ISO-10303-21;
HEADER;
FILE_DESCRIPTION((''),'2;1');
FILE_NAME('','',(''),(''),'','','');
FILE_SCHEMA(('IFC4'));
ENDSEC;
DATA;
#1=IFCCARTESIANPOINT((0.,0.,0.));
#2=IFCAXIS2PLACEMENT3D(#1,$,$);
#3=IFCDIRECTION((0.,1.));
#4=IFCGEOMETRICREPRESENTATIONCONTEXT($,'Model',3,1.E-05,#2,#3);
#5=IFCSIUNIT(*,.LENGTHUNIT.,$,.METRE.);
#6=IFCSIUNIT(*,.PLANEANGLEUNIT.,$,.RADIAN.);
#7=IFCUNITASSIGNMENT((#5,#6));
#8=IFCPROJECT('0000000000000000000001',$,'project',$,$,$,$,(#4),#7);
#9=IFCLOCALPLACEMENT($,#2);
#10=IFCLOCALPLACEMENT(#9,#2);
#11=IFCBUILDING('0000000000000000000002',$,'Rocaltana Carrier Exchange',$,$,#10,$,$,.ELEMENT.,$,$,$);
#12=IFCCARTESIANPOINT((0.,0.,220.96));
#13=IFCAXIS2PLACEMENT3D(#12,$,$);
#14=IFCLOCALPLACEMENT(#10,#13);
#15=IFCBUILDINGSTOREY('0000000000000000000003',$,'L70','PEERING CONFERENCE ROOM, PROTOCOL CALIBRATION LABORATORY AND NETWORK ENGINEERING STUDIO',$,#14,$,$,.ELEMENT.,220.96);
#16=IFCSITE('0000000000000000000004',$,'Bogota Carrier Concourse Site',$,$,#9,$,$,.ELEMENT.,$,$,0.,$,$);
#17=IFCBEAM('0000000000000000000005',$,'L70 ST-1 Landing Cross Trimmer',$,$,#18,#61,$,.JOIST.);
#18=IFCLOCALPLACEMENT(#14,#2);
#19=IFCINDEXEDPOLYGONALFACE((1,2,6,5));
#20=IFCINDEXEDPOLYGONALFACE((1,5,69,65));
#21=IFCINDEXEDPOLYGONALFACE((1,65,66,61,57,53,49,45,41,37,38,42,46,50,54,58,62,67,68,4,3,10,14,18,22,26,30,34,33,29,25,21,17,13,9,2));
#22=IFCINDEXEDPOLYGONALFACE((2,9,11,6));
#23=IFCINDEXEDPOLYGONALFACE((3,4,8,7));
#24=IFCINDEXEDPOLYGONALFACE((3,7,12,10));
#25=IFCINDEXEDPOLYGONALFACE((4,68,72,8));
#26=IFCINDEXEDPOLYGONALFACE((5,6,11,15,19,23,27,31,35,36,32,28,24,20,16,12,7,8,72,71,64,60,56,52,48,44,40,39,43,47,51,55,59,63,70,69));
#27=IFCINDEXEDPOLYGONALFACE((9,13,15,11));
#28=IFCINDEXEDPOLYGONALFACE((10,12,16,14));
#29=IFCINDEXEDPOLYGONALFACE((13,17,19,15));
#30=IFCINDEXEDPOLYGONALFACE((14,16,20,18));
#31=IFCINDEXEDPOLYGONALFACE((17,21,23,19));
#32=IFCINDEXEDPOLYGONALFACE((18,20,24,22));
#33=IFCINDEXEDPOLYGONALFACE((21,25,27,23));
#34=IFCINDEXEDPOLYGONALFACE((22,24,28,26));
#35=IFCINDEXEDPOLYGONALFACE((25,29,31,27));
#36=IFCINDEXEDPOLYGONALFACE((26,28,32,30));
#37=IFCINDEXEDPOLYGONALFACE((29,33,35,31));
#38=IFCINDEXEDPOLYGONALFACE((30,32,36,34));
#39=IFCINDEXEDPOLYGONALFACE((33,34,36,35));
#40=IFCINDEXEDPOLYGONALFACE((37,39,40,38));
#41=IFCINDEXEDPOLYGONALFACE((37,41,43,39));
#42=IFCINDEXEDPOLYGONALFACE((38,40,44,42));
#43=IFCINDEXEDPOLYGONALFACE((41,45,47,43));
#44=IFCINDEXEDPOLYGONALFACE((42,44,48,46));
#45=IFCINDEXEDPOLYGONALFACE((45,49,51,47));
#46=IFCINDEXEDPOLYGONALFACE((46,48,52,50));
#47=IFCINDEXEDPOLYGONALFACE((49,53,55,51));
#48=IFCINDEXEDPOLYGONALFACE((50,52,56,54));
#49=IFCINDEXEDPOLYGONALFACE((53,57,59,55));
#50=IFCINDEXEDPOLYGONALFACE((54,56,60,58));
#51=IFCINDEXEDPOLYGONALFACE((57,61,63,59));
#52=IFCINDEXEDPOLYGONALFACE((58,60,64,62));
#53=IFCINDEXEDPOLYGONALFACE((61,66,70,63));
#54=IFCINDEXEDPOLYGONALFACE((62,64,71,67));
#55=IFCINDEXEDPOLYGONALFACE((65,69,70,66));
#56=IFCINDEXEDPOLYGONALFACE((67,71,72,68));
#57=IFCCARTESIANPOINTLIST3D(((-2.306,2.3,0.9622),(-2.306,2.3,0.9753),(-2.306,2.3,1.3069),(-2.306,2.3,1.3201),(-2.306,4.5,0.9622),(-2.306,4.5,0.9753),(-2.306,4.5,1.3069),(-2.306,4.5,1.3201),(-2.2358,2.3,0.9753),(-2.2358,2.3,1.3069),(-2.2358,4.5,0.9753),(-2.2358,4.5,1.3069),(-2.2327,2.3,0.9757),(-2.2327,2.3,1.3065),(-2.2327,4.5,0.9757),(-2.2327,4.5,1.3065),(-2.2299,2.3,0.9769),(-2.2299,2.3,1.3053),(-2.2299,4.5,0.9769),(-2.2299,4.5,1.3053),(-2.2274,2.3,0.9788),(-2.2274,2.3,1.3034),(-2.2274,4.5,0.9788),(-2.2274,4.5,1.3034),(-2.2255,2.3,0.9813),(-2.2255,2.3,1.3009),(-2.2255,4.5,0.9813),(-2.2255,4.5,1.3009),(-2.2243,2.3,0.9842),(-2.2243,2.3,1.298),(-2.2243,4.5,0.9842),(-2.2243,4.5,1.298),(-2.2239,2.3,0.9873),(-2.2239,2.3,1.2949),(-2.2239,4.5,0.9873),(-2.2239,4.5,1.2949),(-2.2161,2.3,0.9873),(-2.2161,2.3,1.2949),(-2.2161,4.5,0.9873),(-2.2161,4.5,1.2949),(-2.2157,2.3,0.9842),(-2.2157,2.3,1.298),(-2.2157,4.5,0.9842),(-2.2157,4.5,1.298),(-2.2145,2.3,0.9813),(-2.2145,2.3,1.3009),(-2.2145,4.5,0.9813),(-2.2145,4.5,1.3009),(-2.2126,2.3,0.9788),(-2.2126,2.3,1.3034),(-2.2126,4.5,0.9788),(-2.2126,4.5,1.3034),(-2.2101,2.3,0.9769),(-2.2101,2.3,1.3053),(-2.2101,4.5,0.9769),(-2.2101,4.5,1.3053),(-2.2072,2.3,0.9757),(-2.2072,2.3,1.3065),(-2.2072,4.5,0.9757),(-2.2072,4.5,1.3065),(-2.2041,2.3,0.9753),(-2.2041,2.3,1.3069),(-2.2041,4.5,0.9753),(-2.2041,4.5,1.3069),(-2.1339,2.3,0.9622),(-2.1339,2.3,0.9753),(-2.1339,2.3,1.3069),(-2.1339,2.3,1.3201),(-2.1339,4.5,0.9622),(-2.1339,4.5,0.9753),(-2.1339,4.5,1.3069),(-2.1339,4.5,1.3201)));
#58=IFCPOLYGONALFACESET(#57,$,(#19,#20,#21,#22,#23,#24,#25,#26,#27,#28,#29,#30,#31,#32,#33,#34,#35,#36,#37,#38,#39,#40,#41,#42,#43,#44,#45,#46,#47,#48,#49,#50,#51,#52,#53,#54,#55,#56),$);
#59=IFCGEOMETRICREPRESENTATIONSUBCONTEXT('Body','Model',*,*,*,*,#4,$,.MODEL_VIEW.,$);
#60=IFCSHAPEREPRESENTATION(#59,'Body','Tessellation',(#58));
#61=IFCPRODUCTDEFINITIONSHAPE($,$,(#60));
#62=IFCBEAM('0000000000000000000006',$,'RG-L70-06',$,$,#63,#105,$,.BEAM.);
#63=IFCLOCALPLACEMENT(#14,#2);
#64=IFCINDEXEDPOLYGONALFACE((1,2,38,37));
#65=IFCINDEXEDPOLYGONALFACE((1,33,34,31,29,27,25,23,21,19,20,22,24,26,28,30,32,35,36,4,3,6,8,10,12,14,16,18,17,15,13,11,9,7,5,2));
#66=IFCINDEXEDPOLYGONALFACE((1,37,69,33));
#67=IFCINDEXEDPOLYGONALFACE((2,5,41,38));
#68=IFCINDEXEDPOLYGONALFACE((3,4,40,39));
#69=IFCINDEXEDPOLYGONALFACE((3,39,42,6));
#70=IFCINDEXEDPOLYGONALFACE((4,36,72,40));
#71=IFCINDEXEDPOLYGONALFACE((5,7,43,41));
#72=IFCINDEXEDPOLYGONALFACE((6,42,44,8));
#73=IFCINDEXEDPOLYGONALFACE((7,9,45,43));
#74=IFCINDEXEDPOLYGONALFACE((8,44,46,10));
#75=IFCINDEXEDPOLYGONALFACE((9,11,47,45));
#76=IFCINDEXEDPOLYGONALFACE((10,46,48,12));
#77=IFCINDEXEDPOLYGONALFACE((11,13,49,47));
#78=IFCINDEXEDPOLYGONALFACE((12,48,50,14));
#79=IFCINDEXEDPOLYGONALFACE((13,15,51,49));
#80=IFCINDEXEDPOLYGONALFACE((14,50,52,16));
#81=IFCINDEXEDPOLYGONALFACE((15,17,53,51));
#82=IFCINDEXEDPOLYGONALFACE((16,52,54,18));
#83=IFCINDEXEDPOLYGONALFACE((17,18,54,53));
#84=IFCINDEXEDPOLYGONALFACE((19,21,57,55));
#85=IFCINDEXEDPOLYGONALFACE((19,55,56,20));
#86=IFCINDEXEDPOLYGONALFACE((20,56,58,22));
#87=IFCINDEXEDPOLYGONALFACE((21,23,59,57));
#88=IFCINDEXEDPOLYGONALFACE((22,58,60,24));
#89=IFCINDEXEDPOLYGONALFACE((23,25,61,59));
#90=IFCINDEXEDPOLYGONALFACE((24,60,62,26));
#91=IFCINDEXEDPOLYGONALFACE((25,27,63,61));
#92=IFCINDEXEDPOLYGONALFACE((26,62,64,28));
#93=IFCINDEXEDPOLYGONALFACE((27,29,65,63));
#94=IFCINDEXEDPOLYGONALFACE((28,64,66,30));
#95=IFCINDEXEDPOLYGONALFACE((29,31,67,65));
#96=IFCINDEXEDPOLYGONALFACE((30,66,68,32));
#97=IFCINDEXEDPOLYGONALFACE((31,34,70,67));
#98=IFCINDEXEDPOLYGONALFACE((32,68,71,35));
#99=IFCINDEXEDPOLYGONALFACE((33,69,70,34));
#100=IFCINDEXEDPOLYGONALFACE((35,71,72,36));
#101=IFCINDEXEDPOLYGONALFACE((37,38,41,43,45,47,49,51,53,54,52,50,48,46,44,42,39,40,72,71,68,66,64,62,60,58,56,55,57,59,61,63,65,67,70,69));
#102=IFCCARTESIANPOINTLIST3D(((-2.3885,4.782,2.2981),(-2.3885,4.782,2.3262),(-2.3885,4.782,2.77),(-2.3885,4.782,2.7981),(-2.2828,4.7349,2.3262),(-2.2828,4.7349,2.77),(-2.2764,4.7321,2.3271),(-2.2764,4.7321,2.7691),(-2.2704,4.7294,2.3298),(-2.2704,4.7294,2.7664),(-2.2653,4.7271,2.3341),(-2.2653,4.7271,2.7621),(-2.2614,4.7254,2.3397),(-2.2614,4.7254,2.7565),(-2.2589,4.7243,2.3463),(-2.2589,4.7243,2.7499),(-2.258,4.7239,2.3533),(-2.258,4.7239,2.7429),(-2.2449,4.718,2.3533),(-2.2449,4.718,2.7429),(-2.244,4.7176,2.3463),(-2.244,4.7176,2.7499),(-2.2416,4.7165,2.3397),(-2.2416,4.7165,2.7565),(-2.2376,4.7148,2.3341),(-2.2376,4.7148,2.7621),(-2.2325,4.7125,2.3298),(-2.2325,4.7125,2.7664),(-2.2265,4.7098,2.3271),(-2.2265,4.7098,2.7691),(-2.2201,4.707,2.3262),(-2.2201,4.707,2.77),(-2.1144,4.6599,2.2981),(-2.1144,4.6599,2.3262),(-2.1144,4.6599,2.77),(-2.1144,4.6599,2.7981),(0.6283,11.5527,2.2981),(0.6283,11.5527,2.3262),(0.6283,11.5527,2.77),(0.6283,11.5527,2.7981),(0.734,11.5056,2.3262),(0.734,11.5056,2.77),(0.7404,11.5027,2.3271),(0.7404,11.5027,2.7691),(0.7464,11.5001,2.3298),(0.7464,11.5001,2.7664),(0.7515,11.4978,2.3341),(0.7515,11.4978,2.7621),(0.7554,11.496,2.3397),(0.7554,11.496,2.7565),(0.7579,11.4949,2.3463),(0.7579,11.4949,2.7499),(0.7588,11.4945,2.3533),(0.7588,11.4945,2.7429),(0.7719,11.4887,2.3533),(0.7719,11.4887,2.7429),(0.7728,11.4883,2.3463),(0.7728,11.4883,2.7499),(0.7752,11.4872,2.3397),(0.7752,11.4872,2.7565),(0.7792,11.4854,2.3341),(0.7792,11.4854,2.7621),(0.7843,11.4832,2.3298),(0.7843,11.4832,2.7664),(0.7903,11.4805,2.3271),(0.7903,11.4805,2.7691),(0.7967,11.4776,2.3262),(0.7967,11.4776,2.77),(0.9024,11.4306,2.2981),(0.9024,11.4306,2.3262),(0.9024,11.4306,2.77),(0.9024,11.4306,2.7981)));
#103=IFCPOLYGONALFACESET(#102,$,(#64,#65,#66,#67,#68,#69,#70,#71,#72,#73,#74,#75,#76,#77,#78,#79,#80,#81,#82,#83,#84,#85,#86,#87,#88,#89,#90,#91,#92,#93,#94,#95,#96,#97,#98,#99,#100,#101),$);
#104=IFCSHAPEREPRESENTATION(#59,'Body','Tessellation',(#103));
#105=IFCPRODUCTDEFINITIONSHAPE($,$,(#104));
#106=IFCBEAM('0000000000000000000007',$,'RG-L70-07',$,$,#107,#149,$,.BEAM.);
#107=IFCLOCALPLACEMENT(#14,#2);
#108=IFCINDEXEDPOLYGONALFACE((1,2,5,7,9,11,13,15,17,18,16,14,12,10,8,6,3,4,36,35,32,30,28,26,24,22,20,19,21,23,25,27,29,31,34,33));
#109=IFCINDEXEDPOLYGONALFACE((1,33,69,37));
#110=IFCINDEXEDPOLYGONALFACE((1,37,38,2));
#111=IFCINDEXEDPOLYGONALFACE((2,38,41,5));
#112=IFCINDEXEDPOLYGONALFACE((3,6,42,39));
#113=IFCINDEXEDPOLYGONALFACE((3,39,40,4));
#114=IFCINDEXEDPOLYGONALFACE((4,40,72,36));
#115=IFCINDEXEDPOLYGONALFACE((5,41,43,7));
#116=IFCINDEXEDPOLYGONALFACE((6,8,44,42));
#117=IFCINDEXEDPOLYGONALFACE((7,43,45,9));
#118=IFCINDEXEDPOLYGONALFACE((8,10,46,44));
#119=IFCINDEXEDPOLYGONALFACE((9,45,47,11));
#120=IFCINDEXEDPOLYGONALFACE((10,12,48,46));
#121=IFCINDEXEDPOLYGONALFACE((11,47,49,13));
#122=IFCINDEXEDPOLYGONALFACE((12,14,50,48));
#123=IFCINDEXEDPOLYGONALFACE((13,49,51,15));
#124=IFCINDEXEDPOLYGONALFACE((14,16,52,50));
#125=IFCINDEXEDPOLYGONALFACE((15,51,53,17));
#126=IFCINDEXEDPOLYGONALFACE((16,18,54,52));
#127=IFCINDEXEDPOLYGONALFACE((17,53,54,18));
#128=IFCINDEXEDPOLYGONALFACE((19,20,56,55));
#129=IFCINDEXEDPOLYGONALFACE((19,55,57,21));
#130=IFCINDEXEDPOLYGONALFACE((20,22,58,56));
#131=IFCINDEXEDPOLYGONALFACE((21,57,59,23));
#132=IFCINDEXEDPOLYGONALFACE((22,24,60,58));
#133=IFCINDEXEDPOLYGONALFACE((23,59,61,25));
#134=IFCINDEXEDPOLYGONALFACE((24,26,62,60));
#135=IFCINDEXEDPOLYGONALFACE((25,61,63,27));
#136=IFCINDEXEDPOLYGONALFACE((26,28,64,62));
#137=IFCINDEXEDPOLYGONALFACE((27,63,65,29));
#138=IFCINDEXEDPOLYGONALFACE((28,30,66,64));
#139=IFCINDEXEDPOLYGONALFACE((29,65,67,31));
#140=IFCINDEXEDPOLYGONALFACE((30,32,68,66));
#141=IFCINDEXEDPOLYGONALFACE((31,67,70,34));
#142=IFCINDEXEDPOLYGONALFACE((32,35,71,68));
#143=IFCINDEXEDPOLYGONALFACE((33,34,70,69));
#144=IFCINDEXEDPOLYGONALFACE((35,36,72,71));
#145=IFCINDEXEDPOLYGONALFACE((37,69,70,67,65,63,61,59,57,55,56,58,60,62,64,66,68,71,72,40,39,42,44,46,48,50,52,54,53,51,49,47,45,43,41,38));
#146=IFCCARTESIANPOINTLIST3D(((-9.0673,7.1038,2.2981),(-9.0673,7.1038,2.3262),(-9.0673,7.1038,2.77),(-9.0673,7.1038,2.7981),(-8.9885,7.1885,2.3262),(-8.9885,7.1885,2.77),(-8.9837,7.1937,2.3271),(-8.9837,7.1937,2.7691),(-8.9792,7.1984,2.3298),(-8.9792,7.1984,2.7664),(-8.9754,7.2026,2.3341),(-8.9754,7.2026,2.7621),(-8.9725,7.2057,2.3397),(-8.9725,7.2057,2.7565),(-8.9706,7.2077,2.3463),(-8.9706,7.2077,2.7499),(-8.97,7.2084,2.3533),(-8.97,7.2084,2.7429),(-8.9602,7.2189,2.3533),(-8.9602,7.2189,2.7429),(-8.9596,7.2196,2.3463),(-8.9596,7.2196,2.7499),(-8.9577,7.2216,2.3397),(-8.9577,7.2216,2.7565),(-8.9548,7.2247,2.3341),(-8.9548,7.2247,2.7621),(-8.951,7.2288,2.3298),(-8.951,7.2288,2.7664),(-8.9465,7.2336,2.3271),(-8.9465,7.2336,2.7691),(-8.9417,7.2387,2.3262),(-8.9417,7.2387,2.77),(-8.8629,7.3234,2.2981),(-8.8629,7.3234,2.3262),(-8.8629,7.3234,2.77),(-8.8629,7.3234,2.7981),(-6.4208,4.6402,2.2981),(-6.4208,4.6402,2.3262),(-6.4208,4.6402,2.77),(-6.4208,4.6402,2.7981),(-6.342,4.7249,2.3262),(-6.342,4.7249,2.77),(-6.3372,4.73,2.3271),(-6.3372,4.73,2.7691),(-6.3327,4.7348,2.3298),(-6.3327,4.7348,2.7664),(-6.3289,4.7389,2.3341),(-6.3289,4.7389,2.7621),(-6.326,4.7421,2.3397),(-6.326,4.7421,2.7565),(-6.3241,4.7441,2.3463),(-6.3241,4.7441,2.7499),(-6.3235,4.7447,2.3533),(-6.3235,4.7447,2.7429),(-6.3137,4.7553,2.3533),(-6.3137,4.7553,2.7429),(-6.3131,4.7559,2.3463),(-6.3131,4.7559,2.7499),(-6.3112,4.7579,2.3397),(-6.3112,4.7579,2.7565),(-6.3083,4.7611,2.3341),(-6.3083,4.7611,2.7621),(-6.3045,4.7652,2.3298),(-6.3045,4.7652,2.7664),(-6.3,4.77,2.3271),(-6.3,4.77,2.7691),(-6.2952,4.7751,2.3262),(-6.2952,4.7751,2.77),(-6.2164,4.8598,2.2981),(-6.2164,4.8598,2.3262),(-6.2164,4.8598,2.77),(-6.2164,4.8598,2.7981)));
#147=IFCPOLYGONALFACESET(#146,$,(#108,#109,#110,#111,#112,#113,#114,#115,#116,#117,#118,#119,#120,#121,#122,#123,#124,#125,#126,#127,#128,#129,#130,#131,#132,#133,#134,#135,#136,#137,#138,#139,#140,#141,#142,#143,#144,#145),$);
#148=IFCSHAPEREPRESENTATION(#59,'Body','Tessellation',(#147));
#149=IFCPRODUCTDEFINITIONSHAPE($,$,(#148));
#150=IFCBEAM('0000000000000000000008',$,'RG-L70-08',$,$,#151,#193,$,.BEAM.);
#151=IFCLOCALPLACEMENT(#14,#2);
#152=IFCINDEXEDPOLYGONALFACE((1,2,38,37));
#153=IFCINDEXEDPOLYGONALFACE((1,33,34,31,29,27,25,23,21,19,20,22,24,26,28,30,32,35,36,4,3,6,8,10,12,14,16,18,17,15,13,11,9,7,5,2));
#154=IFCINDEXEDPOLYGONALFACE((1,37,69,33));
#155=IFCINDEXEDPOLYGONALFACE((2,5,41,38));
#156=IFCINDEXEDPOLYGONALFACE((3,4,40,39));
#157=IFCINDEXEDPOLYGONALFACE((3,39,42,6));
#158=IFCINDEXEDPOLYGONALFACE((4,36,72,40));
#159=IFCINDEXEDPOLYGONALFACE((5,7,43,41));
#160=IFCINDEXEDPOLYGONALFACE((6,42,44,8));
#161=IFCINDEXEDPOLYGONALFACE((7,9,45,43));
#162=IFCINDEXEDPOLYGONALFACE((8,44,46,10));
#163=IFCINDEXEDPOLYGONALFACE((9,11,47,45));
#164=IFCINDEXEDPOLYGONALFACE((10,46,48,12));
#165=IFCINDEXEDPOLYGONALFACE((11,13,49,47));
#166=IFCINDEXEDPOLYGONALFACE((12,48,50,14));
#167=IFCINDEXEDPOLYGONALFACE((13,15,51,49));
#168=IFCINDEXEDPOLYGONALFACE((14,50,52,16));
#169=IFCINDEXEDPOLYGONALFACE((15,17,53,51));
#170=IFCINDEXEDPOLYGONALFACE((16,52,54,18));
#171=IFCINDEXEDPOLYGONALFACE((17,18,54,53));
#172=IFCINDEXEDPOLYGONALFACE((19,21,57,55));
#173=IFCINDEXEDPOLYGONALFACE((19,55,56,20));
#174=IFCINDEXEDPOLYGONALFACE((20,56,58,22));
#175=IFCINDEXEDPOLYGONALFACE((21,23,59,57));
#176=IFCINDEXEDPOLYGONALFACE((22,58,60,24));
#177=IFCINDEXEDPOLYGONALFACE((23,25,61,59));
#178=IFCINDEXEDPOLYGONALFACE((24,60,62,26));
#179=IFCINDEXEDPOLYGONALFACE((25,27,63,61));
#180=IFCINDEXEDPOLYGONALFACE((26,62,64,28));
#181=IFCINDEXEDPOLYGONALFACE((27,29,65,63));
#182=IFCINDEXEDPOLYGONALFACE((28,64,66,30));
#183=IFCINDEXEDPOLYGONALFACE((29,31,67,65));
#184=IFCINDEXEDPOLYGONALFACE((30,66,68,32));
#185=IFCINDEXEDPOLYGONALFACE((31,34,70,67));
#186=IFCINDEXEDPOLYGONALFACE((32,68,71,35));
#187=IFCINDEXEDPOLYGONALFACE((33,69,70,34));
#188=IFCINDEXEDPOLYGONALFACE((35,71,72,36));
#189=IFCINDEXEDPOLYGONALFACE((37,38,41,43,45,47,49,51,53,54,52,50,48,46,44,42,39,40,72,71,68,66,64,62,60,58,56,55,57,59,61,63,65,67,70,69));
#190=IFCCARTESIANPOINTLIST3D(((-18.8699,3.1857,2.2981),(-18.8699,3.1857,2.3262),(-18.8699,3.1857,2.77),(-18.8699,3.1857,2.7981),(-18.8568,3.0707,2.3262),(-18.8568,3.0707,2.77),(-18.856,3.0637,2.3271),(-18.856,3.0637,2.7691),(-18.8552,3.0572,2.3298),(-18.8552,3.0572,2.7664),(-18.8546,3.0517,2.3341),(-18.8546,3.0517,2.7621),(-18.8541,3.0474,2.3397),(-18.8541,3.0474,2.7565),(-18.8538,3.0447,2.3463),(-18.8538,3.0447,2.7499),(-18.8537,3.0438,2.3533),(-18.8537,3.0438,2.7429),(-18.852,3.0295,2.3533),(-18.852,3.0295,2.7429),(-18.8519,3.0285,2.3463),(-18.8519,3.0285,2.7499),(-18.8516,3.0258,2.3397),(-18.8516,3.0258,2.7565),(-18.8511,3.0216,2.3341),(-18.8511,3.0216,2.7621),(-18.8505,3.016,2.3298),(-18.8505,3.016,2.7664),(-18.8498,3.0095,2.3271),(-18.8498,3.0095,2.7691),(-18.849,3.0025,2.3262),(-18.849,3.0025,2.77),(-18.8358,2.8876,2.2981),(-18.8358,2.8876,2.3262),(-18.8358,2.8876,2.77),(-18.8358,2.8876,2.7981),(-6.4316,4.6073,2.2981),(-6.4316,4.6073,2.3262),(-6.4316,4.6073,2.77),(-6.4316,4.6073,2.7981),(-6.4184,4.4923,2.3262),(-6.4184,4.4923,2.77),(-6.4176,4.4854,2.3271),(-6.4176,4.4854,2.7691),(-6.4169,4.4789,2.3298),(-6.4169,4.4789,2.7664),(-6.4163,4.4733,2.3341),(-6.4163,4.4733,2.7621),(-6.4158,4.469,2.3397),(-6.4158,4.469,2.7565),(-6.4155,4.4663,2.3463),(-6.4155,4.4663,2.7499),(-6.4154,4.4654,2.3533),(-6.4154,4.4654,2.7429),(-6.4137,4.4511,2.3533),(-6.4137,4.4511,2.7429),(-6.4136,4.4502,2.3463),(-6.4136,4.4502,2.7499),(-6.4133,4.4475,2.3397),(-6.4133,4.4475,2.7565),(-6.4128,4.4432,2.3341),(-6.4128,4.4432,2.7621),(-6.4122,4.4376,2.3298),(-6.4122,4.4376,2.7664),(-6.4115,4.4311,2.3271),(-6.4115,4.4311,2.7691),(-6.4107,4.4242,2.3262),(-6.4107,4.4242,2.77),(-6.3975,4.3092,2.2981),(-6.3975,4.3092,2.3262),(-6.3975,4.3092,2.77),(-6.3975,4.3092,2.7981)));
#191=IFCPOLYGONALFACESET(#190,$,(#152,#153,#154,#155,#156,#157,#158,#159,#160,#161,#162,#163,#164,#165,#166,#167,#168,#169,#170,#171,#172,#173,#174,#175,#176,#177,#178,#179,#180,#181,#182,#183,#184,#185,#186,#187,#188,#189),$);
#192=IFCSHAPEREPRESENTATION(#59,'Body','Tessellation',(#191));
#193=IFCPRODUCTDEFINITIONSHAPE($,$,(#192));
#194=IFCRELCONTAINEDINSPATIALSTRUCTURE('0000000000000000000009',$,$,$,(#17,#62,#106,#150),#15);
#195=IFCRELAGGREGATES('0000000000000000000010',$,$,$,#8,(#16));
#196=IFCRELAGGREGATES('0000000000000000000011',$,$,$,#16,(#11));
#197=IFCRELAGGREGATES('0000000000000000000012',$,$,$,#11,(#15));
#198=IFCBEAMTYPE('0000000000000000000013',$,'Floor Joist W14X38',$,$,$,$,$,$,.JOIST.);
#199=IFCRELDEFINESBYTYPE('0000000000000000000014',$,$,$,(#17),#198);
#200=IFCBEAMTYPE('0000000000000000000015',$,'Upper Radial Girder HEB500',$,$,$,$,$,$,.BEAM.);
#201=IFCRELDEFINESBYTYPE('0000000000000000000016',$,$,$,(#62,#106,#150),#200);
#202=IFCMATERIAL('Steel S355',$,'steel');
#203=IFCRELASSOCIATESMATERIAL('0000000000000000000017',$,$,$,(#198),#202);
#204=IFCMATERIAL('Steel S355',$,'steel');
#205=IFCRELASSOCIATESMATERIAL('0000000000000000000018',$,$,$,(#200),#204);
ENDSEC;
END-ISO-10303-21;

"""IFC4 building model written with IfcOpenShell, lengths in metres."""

from ifc_helpers import new_model, si_unit, direction, frame, origin, origin_2d, place, context, subcontext, project, spatial, i_section, extrude, material, material_profile, profile_set, type_object, element, save


model = new_model("IFC4")

# Units and contexts
model_context = context("Model", 3, precision=1e-05, world=origin(), true_north=direction((0.0, 1.0)))
body_context = subcontext(model_context, "Body", "Model", "MODEL_VIEW")
ifc_project = project(units=[si_unit("LENGTHUNIT", "METRE"), si_unit("PLANEANGLEUNIT", "RADIAN")], contexts=[model_context])

# Site, building, storey
site_placement = place(None, origin())
site = spatial("IfcSite", under=ifc_project, at=site_placement, Name="Bogota Carrier Concourse Site", CompositionType="ELEMENT", RefElevation=0.0)
building_placement = place(site_placement, origin())
building = spatial("IfcBuilding", under=site, at=building_placement, Name="Rocaltana Carrier Exchange", CompositionType="ELEMENT")
storey_placement = place(building_placement, frame((0.0, 0.0, 220.96)))
storey = spatial("IfcBuildingStorey", under=building, at=storey_placement, Name="L70", Description="PEERING CONFERENCE ROOM, PROTOCOL CALIBRATION LABORATORY AND NETWORK ENGINEERING STUDIO", CompositionType="ELEMENT", Elevation=220.96)

# Beams
ifc_material_1 = material(Name="Steel S355", Category="steel")
ifc_material_profile_1 = material_profile(ifc_material_1, i_section(OverallWidth=0.1721, OverallDepth=0.3579, WebThickness=0.0078, FlangeThickness=0.0132, FilletRadius=0.012, at=origin_2d()), Name="W14X38")
ifc_profile_set_1 = profile_set([ifc_material_profile_1], Name="Steel S355")
beam_type_1 = type_object("IfcBeamType", Name="Floor Joist W14X38", PredefinedType="JOIST", material=ifc_profile_set_1)
beam_1_placement = place(storey_placement, frame((-2.22, 2.3, 1.1411), z_axis=(0.0, 1.0, 0.0), x_axis=(-1.0, 0.0, 0.0)))
element("IfcBeam", 1, at=beam_1_placement, inside=storey, type_object=beam_type_1, Name="L70 ST-1 Landing Cross Trimmer", PredefinedType="JOIST", context=body_context, shape_type="SweptSolid", body=[
    extrude(i_section(OverallWidth=0.1721, OverallDepth=0.3579, WebThickness=0.0078, FlangeThickness=0.0132, FilletRadius=0.012, at=origin_2d()), origin(), (0.0, 0.0, 1.0), 2.2),
])
ifc_material_2 = material(Name="Steel S355", Category="steel")
ifc_material_profile_2 = material_profile(ifc_material_2, i_section(OverallWidth=0.3, OverallDepth=0.5, WebThickness=0.0144, FlangeThickness=0.0281, FilletRadius=0.0271, at=origin_2d()), Name="HEB500")
ifc_profile_set_2 = profile_set([ifc_material_profile_2], Name="Steel S355")
beam_type_2 = type_object("IfcBeamType", Name="Upper Radial Girder HEB500", PredefinedType="BEAM", material=ifc_profile_set_2)
beam_2_placement = place(storey_placement, frame((-2.2515, 4.7209, 2.5481), z_axis=(0.406997, 0.913429, 0.0), x_axis=(-0.913429, 0.406997, 0.0)))
element("IfcBeam", 2, at=beam_2_placement, inside=storey, type_object=beam_type_2, Name="RG-L70-06", PredefinedType="BEAM", context=body_context, shape_type="SweptSolid", body=[
    extrude(i_section(OverallWidth=0.3, OverallDepth=0.5, WebThickness=0.0144, FlangeThickness=0.0281, FilletRadius=0.0271, at=origin_2d()), origin(), (0.0, 0.0, 1.0), 7.4124),
])
beam_3_placement = place(storey_placement, frame((-6.3186, 4.75, 2.5481), z_axis=(-0.731942, 0.681367, 0.0), x_axis=(-0.681367, -0.731942, 0.0)))
element("IfcBeam", 3, at=beam_3_placement, inside=storey, type_object=beam_type_2, Name="RG-L70-07", PredefinedType="BEAM", context=body_context, shape_type="SweptSolid", body=[
    extrude(i_section(OverallWidth=0.3, OverallDepth=0.5, WebThickness=0.0144, FlangeThickness=0.0281, FilletRadius=0.0271, at=origin_2d()), origin(), (0.0, 0.0, 1.0), 3.6157),
])
beam_4_placement = place(storey_placement, frame((-6.4146, 4.4583, 2.5481), z_axis=(-0.993532, -0.113556, 0.0), x_axis=(0.113556, -0.993532, 0.0)))
element("IfcBeam", 4, at=beam_4_placement, inside=storey, type_object=beam_type_2, Name="RG-L70-08", PredefinedType="BEAM", context=body_context, shape_type="SweptSolid", body=[
    extrude(i_section(OverallWidth=0.3, OverallDepth=0.5, WebThickness=0.0144, FlangeThickness=0.0281, FilletRadius=0.0271, at=origin_2d()), origin(), (0.0, 0.0, 1.0), 12.5193),
])

save(model, "model.ifc")
